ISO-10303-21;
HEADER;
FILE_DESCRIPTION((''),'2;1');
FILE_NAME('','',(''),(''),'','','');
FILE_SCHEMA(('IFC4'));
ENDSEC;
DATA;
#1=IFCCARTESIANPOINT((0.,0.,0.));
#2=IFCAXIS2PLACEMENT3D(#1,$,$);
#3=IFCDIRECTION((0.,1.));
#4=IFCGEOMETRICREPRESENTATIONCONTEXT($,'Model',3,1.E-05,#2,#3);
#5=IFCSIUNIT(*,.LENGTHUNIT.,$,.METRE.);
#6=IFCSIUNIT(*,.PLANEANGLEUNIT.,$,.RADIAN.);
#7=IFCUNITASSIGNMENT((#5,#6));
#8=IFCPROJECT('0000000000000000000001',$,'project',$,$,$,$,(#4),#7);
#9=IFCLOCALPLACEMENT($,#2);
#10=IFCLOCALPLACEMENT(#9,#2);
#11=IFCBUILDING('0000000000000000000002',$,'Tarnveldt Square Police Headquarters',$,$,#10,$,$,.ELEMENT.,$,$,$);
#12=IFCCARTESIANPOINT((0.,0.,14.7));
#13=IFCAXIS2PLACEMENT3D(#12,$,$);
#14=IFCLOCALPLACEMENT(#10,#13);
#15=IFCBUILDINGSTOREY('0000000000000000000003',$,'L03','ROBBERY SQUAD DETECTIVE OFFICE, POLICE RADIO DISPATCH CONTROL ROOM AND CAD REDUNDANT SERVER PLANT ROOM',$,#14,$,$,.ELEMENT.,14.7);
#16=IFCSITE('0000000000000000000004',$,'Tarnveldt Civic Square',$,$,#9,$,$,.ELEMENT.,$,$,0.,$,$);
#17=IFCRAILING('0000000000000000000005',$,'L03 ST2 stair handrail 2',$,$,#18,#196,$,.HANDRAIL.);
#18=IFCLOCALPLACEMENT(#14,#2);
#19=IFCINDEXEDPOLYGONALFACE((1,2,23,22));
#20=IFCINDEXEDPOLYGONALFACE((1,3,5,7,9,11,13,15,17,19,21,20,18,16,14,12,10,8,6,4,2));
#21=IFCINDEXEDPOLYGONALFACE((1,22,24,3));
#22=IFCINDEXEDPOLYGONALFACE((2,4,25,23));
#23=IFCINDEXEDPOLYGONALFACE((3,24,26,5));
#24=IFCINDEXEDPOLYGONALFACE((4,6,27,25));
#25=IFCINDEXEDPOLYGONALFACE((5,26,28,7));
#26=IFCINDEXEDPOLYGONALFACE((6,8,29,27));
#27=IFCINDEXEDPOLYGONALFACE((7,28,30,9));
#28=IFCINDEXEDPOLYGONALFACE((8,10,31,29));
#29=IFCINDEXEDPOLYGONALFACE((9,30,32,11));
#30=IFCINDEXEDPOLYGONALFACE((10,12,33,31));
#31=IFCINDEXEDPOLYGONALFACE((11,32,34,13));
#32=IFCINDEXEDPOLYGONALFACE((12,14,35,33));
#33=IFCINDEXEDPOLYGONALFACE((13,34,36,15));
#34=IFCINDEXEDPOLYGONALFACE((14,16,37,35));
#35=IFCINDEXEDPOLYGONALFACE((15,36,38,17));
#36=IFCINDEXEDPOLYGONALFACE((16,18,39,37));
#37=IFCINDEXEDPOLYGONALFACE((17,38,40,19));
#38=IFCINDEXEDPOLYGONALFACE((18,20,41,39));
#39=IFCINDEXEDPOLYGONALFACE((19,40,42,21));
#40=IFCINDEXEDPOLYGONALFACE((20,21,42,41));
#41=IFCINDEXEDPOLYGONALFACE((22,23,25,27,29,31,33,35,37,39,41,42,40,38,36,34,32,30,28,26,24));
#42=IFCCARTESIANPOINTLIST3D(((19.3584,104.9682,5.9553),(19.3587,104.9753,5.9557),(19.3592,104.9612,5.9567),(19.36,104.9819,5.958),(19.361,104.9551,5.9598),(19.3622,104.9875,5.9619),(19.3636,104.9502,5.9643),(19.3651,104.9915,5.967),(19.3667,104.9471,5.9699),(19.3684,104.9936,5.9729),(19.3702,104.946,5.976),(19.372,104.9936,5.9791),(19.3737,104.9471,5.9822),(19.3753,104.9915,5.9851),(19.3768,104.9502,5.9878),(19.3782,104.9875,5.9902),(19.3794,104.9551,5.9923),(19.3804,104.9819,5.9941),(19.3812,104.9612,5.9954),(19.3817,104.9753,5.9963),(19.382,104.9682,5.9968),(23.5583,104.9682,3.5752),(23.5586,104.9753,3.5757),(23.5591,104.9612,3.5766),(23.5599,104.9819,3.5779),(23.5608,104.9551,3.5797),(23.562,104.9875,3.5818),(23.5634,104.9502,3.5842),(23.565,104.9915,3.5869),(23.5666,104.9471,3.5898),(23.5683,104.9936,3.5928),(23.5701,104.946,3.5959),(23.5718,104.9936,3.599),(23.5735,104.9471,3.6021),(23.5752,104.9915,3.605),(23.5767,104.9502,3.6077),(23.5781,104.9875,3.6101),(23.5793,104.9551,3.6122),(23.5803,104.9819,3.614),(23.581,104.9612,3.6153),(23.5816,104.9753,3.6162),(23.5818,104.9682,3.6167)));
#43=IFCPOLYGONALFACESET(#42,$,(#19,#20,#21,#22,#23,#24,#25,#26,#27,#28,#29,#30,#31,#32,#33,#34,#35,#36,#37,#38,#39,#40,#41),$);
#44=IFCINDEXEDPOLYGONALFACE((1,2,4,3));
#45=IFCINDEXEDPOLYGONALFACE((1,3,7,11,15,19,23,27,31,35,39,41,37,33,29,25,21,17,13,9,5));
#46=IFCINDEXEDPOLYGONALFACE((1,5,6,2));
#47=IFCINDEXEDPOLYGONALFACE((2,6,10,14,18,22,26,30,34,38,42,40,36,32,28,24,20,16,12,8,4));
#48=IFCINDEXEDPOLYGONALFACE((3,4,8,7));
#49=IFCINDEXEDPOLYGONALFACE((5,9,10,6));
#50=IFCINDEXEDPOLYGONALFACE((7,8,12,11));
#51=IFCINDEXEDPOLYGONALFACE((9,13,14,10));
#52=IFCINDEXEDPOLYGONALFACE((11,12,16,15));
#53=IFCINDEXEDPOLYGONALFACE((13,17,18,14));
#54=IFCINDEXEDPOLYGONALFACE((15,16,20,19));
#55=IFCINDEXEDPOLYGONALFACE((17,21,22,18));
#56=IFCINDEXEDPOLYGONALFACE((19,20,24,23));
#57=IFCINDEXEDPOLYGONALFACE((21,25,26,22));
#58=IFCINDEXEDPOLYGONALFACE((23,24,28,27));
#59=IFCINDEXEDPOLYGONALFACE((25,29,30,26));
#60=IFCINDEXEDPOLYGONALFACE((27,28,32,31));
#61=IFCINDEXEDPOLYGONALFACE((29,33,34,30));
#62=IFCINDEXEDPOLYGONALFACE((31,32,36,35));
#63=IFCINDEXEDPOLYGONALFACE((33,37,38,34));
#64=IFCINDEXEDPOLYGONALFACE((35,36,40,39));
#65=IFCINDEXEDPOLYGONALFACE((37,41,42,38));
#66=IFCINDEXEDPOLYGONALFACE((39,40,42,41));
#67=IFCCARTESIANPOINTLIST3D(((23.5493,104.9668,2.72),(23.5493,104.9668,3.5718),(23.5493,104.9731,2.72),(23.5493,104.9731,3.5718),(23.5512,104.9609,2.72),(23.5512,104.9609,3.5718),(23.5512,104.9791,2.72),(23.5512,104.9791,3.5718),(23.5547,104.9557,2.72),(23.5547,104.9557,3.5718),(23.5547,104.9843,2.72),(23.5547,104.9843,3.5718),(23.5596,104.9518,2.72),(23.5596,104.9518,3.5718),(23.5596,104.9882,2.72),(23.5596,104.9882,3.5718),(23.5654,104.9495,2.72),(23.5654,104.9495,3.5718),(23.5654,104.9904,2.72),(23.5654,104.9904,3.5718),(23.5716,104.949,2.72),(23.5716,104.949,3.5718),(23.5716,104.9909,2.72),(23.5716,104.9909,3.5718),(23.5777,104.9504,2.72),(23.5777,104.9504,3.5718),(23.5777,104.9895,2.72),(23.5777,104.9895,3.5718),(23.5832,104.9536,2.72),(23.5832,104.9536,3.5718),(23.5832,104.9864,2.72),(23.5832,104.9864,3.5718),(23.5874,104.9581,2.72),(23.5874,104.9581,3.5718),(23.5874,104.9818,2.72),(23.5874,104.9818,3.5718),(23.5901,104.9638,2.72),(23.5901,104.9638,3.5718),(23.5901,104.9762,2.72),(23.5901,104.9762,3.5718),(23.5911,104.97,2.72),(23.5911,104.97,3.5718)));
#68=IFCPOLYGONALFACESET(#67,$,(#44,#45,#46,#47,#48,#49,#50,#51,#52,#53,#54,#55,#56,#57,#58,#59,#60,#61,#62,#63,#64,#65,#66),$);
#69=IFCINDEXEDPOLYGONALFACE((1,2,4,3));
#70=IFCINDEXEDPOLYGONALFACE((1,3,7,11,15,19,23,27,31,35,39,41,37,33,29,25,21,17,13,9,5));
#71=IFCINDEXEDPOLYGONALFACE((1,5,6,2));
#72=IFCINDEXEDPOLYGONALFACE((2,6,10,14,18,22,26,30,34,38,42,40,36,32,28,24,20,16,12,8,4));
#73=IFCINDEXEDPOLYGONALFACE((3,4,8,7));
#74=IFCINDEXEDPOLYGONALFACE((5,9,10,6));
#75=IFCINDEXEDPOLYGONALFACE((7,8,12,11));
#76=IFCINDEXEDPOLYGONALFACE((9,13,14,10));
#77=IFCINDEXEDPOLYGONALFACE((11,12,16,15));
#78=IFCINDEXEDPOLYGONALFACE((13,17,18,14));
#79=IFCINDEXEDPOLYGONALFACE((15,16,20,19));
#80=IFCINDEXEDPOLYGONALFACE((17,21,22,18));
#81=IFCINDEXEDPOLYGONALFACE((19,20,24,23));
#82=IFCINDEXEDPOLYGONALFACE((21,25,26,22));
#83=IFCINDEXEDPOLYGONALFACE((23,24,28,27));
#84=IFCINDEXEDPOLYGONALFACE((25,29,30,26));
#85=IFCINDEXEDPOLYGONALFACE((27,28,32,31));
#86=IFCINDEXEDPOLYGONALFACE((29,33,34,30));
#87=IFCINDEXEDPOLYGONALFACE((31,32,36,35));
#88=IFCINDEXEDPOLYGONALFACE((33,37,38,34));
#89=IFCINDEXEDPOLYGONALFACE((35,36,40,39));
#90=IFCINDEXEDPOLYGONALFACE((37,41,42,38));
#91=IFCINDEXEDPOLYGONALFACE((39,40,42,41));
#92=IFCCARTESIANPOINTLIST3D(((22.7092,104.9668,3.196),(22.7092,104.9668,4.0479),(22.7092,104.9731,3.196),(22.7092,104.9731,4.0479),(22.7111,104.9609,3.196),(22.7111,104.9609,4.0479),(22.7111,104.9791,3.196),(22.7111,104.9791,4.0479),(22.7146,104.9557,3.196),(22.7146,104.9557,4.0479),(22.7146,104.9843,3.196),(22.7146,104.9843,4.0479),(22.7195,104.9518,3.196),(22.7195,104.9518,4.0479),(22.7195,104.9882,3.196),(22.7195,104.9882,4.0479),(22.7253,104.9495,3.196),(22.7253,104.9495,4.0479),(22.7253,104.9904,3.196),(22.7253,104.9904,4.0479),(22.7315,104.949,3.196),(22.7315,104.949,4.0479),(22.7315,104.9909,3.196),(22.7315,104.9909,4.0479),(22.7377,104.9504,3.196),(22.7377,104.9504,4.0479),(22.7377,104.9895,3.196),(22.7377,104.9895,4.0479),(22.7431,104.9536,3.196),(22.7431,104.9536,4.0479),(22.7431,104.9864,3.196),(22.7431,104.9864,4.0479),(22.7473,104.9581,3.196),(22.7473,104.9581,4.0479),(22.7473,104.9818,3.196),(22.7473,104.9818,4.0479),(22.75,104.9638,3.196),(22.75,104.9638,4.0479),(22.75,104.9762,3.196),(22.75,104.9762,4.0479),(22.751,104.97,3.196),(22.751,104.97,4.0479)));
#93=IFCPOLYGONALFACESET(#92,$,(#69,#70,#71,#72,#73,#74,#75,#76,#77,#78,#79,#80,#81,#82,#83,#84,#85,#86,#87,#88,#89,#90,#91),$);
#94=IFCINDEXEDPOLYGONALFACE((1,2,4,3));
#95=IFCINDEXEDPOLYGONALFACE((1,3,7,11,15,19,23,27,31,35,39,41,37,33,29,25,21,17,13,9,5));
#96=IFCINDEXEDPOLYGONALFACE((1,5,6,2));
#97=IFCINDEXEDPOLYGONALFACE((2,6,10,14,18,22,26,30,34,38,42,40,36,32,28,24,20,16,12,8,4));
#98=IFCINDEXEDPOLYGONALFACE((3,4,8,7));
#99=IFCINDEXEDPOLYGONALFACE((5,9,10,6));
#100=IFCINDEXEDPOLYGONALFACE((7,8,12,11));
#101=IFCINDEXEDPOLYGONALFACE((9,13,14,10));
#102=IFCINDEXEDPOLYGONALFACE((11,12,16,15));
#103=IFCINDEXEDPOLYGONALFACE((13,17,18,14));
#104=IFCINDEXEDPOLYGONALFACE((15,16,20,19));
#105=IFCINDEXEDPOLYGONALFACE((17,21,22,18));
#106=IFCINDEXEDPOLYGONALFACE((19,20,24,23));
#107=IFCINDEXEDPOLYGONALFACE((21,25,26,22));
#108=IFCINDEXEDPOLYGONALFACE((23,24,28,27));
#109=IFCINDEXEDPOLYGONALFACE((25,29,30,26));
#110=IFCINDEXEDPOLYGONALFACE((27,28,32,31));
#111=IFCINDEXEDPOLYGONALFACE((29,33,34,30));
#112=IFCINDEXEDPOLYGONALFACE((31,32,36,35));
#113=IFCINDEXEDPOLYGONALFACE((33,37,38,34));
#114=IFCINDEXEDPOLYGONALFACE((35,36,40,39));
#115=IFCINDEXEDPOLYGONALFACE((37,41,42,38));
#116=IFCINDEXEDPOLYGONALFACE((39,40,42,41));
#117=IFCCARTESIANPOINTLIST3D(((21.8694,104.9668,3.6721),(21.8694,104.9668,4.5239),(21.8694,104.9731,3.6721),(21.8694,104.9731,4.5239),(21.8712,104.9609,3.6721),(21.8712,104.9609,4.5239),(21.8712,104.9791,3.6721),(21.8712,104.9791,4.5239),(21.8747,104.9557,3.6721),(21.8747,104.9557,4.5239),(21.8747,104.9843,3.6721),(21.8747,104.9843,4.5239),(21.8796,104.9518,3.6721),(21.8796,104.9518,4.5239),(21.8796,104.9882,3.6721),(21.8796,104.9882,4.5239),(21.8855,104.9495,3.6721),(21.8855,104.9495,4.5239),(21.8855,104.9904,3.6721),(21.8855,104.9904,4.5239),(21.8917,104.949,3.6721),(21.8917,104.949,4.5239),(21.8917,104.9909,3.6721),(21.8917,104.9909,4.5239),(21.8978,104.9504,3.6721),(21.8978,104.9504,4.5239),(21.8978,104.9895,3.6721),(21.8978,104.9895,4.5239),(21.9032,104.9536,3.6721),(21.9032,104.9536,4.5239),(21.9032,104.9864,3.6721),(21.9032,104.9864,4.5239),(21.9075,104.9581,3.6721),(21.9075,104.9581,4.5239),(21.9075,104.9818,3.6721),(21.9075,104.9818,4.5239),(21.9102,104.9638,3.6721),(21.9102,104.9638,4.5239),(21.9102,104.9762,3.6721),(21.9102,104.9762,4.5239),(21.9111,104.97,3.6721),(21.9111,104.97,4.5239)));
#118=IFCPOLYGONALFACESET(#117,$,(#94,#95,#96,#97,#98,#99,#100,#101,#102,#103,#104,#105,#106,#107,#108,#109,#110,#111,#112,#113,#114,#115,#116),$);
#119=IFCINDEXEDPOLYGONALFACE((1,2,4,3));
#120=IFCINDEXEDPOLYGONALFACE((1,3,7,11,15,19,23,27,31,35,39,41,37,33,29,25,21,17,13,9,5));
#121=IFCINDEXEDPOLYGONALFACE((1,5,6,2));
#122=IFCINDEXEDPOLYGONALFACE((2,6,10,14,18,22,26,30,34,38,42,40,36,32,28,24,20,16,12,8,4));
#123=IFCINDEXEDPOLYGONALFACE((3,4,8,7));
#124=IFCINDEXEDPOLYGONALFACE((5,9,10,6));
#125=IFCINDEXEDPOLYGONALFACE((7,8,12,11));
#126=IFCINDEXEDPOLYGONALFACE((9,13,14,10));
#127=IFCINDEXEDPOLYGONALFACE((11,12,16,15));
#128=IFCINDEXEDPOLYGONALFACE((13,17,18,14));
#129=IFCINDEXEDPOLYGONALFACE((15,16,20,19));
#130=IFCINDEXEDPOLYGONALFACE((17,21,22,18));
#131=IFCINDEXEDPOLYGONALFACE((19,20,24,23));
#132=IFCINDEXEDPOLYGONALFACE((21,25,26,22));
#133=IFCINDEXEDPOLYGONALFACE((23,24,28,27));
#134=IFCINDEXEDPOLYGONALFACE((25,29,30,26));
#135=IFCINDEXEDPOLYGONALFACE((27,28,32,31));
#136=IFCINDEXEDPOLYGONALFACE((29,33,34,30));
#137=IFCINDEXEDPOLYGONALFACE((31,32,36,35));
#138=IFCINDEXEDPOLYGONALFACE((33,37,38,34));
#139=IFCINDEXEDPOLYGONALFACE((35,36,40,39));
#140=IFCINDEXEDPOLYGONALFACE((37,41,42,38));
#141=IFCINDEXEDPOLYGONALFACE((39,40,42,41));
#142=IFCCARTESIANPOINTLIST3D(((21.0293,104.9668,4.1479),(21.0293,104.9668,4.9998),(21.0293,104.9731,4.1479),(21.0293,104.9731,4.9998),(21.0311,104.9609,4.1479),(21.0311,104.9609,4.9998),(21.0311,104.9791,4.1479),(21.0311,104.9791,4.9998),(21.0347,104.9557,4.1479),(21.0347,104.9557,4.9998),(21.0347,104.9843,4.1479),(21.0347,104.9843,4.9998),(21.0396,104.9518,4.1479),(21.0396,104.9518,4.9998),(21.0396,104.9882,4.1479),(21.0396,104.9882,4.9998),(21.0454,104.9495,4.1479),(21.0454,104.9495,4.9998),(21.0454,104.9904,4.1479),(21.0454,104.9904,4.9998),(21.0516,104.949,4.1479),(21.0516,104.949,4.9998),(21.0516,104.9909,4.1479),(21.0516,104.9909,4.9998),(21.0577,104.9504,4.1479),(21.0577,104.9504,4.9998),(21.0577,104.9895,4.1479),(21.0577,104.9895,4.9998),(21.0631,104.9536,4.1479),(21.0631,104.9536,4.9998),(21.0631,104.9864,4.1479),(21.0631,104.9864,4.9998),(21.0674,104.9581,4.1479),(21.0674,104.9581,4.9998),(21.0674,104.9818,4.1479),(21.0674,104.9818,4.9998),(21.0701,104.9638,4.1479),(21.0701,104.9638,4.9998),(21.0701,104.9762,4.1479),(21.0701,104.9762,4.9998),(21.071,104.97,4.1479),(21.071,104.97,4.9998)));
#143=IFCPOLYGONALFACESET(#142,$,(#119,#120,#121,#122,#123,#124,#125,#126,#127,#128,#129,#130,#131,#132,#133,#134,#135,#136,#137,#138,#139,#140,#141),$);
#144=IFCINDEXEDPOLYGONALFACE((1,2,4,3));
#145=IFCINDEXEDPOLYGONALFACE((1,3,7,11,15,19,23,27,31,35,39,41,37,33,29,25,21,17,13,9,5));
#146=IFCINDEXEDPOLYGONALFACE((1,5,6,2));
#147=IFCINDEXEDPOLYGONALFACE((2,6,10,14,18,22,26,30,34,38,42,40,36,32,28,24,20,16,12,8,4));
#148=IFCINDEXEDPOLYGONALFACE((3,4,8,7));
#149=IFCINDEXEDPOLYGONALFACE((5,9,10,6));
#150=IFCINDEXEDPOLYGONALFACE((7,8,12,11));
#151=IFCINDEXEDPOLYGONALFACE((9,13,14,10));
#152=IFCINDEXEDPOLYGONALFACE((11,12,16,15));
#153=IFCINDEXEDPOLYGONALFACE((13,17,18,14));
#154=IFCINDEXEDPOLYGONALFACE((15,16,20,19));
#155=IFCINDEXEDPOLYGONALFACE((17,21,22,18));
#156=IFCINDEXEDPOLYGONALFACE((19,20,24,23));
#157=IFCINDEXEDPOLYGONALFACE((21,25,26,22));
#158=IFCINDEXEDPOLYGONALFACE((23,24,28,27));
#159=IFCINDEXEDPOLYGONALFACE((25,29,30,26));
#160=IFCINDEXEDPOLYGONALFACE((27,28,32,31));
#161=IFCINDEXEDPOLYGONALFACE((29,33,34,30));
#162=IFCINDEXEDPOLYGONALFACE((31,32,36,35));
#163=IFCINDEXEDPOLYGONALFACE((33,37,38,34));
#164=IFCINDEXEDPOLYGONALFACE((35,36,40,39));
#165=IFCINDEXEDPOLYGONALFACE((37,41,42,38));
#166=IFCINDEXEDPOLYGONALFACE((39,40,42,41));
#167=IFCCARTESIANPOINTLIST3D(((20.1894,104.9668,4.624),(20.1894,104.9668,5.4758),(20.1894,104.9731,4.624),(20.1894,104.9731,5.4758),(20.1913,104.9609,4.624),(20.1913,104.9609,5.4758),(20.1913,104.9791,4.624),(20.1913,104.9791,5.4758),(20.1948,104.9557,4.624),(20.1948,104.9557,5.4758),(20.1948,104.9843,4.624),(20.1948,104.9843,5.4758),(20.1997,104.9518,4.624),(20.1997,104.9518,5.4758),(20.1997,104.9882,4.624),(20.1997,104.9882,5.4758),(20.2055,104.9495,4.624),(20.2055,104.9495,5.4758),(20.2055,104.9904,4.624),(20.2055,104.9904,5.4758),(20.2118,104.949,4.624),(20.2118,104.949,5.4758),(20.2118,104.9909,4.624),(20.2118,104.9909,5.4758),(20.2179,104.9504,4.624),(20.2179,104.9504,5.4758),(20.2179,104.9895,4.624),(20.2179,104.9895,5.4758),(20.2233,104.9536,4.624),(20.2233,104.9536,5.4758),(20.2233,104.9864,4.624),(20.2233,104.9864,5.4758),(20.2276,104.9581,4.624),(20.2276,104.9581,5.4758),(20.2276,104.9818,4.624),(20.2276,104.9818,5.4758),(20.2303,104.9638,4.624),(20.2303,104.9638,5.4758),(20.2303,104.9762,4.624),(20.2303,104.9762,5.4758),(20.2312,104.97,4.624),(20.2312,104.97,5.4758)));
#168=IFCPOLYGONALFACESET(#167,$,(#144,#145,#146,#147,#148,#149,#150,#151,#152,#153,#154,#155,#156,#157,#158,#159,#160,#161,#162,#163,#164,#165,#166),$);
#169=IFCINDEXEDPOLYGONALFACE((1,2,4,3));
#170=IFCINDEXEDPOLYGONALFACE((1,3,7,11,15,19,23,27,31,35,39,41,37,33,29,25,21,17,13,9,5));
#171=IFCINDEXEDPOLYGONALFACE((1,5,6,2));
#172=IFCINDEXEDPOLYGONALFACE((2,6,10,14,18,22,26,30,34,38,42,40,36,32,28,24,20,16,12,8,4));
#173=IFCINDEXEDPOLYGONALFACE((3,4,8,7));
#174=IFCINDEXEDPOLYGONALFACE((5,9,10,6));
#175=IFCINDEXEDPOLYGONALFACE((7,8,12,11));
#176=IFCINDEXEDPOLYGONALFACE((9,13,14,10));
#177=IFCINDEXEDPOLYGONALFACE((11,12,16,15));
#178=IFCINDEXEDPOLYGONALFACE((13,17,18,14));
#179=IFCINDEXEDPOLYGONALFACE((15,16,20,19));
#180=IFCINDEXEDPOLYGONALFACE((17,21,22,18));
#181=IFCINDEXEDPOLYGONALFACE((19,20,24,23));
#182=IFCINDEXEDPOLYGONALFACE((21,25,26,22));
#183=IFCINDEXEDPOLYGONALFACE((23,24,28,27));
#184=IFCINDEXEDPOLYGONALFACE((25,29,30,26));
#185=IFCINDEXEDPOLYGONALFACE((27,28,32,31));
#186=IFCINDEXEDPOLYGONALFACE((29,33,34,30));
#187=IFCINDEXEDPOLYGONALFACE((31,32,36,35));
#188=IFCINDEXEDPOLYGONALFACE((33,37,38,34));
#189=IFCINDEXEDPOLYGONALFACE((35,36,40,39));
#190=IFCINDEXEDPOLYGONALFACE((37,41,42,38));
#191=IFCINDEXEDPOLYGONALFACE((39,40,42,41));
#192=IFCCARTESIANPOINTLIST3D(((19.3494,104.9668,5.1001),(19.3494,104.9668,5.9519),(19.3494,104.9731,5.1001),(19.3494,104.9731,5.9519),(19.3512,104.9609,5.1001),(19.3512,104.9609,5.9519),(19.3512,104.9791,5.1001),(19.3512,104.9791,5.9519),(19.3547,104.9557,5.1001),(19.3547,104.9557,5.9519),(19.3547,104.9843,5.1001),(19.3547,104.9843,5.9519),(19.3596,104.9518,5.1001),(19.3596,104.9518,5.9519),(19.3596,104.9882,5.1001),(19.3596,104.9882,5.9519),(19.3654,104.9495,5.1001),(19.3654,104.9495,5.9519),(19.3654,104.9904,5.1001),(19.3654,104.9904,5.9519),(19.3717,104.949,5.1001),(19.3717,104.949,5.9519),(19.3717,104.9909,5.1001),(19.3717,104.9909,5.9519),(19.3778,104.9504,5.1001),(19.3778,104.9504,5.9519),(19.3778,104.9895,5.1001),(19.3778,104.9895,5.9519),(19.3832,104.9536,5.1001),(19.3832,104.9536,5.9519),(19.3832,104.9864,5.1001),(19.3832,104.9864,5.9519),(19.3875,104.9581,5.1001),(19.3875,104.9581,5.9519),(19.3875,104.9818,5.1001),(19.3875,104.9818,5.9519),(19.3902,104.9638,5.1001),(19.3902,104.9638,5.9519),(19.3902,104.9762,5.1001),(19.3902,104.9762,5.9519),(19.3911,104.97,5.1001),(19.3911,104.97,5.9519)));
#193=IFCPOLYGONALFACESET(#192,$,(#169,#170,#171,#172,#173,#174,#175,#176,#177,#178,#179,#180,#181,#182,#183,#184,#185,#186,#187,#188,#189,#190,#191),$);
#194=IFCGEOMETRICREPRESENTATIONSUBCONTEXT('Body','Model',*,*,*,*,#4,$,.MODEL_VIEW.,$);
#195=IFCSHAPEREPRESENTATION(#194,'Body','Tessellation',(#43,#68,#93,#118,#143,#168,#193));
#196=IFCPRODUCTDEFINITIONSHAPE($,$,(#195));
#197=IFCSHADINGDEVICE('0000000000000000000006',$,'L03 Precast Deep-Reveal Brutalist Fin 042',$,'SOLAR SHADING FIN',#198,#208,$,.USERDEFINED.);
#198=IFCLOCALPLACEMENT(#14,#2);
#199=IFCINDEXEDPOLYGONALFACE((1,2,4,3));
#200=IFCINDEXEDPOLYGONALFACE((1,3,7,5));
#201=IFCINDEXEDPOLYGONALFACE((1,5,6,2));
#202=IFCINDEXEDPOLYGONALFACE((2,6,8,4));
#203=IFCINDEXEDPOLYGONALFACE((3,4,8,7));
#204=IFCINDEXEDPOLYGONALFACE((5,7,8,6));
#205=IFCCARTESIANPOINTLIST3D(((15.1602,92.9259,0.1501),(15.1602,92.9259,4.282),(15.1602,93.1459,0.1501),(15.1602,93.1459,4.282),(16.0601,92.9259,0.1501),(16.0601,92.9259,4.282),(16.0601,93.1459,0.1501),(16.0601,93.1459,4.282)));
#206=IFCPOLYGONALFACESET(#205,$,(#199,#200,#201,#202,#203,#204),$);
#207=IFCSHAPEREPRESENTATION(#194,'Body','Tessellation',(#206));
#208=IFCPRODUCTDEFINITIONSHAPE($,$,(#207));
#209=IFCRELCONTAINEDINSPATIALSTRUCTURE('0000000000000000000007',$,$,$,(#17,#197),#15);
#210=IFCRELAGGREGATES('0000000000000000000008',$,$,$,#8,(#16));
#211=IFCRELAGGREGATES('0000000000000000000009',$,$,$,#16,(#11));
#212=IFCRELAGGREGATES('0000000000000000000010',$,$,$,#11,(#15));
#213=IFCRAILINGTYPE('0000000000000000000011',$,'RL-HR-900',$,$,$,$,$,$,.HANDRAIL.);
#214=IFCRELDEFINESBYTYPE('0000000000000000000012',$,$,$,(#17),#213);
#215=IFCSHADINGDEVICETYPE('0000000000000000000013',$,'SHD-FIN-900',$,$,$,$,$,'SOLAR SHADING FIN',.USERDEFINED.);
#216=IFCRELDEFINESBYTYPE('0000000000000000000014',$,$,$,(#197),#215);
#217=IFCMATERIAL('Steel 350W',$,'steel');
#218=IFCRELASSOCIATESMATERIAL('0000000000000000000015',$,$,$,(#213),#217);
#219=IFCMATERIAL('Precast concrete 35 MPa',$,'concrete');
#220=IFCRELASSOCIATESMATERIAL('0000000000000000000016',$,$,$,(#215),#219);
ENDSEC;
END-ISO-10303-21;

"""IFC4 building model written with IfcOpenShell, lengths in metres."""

from ifc_helpers import new_model, si_unit, direction, frame, origin, origin_2d, place, context, subcontext, project, spatial, rectangle, circle, extrude, material, material_profile, profile_set, type_object, element, save


model = new_model("IFC4")

# Units and contexts
model_context = context("Model", 3, precision=1e-05, world=origin(), true_north=direction((0.0, 1.0)))
body_context = subcontext(model_context, "Body", "Model", "MODEL_VIEW")
ifc_project = project(units=[si_unit("LENGTHUNIT", "METRE"), si_unit("PLANEANGLEUNIT", "RADIAN")], contexts=[model_context])

# Site, building, storey
site_placement = place(None, origin())
site = spatial("IfcSite", under=ifc_project, at=site_placement, Name="Tarnveldt Civic Square", CompositionType="ELEMENT", RefElevation=0.0)
building_placement = place(site_placement, origin())
building = spatial("IfcBuilding", under=site, at=building_placement, Name="Tarnveldt Square Police Headquarters", CompositionType="ELEMENT")
storey_placement = place(building_placement, frame((0.0, 0.0, 14.7)))
storey = spatial("IfcBuildingStorey", under=building, at=storey_placement, Name="L03", Description="ROBBERY SQUAD DETECTIVE OFFICE, POLICE RADIO DISPATCH CONTROL ROOM AND CAD REDUNDANT SERVER PLANT ROOM", CompositionType="ELEMENT", Elevation=14.7)

# Shared definitions
ifc_material_1 = material(Name="Steel 350W", Category="steel")

# Railing
railing_type_1 = type_object("IfcRailingType", Name="RL-HR-900", PredefinedType="HANDRAIL", material=ifc_material_1)
railing_1_placement = place(storey_placement, frame((23.5701, 104.97, 2.72)))
element("IfcRailing", 1, at=railing_1_placement, inside=storey, type_object=railing_type_1, Name="L03 ST2 stair handrail 2", PredefinedType="HANDRAIL", context=body_context, shape_type="SweptSolid", body=[
    extrude(circle(Radius=0.0239, at=origin_2d()), frame((0.0, 0.0, 0.876), z_axis=(-0.870008, 0.0, 0.493037), x_axis=(0.0, -1.0, 0.0)), (0.0, 0.0, 1.0), 4.8274),
    extrude(circle(Radius=0.021, at=origin_2d()), origin(), (0.0, 0.0, 1.0), 0.8518),
    extrude(circle(Radius=0.021, at=origin_2d()), frame((-0.8401, 0.0, 0.4761)), (0.0, 0.0, 1.0), 0.8518),
    extrude(circle(Radius=0.021, at=origin_2d()), frame((-1.6799, 0.0, 0.9521)), (0.0, 0.0, 1.0), 0.8518),
    extrude(circle(Radius=0.021, at=origin_2d()), frame((-2.52, 0.0, 1.428)), (0.0, 0.0, 1.0), 0.8518),
    extrude(circle(Radius=0.021, at=origin_2d()), frame((-3.3599, 0.0, 1.9041)), (0.0, 0.0, 1.0), 0.8518),
    extrude(circle(Radius=0.021, at=origin_2d()), frame((-4.2, 0.0, 2.3801)), (0.0, 0.0, 1.0), 0.8518),
])

# Shading device
ifc_material_2 = material(Name="Precast concrete 35 MPa", Category="concrete")
ifc_material_profile_1 = material_profile(ifc_material_2, rectangle(XDim=0.22, YDim=0.8999, at=origin_2d()), Name="PC-FIN220x900")
ifc_profile_set_1 = profile_set([ifc_material_profile_1], Name="Precast concrete 35 MPa")
shading_device_type = type_object("IfcShadingDeviceType", Name="SHD-FIN-900", ElementType="SOLAR SHADING FIN", PredefinedType="USERDEFINED", material=ifc_profile_set_1)
shading_device_placement = place(storey_placement, frame((15.6101, 93.0359, 0.1501), z_axis=(0.0, 0.0, 1.0), x_axis=(0.0, -1.0, 0.0)))
element("IfcShadingDevice", 2, at=shading_device_placement, inside=storey, type_object=shading_device_type, Name="L03 Precast Deep-Reveal Brutalist Fin 042", ObjectType="SOLAR SHADING FIN", PredefinedType="USERDEFINED", context=body_context, shape_type="SweptSolid", body=[
    extrude(rectangle(XDim=0.22, YDim=0.8999, at=origin_2d()), origin(), (0.0, 0.0, 1.0), 4.1318),
])

save(model, "model.ifc")
